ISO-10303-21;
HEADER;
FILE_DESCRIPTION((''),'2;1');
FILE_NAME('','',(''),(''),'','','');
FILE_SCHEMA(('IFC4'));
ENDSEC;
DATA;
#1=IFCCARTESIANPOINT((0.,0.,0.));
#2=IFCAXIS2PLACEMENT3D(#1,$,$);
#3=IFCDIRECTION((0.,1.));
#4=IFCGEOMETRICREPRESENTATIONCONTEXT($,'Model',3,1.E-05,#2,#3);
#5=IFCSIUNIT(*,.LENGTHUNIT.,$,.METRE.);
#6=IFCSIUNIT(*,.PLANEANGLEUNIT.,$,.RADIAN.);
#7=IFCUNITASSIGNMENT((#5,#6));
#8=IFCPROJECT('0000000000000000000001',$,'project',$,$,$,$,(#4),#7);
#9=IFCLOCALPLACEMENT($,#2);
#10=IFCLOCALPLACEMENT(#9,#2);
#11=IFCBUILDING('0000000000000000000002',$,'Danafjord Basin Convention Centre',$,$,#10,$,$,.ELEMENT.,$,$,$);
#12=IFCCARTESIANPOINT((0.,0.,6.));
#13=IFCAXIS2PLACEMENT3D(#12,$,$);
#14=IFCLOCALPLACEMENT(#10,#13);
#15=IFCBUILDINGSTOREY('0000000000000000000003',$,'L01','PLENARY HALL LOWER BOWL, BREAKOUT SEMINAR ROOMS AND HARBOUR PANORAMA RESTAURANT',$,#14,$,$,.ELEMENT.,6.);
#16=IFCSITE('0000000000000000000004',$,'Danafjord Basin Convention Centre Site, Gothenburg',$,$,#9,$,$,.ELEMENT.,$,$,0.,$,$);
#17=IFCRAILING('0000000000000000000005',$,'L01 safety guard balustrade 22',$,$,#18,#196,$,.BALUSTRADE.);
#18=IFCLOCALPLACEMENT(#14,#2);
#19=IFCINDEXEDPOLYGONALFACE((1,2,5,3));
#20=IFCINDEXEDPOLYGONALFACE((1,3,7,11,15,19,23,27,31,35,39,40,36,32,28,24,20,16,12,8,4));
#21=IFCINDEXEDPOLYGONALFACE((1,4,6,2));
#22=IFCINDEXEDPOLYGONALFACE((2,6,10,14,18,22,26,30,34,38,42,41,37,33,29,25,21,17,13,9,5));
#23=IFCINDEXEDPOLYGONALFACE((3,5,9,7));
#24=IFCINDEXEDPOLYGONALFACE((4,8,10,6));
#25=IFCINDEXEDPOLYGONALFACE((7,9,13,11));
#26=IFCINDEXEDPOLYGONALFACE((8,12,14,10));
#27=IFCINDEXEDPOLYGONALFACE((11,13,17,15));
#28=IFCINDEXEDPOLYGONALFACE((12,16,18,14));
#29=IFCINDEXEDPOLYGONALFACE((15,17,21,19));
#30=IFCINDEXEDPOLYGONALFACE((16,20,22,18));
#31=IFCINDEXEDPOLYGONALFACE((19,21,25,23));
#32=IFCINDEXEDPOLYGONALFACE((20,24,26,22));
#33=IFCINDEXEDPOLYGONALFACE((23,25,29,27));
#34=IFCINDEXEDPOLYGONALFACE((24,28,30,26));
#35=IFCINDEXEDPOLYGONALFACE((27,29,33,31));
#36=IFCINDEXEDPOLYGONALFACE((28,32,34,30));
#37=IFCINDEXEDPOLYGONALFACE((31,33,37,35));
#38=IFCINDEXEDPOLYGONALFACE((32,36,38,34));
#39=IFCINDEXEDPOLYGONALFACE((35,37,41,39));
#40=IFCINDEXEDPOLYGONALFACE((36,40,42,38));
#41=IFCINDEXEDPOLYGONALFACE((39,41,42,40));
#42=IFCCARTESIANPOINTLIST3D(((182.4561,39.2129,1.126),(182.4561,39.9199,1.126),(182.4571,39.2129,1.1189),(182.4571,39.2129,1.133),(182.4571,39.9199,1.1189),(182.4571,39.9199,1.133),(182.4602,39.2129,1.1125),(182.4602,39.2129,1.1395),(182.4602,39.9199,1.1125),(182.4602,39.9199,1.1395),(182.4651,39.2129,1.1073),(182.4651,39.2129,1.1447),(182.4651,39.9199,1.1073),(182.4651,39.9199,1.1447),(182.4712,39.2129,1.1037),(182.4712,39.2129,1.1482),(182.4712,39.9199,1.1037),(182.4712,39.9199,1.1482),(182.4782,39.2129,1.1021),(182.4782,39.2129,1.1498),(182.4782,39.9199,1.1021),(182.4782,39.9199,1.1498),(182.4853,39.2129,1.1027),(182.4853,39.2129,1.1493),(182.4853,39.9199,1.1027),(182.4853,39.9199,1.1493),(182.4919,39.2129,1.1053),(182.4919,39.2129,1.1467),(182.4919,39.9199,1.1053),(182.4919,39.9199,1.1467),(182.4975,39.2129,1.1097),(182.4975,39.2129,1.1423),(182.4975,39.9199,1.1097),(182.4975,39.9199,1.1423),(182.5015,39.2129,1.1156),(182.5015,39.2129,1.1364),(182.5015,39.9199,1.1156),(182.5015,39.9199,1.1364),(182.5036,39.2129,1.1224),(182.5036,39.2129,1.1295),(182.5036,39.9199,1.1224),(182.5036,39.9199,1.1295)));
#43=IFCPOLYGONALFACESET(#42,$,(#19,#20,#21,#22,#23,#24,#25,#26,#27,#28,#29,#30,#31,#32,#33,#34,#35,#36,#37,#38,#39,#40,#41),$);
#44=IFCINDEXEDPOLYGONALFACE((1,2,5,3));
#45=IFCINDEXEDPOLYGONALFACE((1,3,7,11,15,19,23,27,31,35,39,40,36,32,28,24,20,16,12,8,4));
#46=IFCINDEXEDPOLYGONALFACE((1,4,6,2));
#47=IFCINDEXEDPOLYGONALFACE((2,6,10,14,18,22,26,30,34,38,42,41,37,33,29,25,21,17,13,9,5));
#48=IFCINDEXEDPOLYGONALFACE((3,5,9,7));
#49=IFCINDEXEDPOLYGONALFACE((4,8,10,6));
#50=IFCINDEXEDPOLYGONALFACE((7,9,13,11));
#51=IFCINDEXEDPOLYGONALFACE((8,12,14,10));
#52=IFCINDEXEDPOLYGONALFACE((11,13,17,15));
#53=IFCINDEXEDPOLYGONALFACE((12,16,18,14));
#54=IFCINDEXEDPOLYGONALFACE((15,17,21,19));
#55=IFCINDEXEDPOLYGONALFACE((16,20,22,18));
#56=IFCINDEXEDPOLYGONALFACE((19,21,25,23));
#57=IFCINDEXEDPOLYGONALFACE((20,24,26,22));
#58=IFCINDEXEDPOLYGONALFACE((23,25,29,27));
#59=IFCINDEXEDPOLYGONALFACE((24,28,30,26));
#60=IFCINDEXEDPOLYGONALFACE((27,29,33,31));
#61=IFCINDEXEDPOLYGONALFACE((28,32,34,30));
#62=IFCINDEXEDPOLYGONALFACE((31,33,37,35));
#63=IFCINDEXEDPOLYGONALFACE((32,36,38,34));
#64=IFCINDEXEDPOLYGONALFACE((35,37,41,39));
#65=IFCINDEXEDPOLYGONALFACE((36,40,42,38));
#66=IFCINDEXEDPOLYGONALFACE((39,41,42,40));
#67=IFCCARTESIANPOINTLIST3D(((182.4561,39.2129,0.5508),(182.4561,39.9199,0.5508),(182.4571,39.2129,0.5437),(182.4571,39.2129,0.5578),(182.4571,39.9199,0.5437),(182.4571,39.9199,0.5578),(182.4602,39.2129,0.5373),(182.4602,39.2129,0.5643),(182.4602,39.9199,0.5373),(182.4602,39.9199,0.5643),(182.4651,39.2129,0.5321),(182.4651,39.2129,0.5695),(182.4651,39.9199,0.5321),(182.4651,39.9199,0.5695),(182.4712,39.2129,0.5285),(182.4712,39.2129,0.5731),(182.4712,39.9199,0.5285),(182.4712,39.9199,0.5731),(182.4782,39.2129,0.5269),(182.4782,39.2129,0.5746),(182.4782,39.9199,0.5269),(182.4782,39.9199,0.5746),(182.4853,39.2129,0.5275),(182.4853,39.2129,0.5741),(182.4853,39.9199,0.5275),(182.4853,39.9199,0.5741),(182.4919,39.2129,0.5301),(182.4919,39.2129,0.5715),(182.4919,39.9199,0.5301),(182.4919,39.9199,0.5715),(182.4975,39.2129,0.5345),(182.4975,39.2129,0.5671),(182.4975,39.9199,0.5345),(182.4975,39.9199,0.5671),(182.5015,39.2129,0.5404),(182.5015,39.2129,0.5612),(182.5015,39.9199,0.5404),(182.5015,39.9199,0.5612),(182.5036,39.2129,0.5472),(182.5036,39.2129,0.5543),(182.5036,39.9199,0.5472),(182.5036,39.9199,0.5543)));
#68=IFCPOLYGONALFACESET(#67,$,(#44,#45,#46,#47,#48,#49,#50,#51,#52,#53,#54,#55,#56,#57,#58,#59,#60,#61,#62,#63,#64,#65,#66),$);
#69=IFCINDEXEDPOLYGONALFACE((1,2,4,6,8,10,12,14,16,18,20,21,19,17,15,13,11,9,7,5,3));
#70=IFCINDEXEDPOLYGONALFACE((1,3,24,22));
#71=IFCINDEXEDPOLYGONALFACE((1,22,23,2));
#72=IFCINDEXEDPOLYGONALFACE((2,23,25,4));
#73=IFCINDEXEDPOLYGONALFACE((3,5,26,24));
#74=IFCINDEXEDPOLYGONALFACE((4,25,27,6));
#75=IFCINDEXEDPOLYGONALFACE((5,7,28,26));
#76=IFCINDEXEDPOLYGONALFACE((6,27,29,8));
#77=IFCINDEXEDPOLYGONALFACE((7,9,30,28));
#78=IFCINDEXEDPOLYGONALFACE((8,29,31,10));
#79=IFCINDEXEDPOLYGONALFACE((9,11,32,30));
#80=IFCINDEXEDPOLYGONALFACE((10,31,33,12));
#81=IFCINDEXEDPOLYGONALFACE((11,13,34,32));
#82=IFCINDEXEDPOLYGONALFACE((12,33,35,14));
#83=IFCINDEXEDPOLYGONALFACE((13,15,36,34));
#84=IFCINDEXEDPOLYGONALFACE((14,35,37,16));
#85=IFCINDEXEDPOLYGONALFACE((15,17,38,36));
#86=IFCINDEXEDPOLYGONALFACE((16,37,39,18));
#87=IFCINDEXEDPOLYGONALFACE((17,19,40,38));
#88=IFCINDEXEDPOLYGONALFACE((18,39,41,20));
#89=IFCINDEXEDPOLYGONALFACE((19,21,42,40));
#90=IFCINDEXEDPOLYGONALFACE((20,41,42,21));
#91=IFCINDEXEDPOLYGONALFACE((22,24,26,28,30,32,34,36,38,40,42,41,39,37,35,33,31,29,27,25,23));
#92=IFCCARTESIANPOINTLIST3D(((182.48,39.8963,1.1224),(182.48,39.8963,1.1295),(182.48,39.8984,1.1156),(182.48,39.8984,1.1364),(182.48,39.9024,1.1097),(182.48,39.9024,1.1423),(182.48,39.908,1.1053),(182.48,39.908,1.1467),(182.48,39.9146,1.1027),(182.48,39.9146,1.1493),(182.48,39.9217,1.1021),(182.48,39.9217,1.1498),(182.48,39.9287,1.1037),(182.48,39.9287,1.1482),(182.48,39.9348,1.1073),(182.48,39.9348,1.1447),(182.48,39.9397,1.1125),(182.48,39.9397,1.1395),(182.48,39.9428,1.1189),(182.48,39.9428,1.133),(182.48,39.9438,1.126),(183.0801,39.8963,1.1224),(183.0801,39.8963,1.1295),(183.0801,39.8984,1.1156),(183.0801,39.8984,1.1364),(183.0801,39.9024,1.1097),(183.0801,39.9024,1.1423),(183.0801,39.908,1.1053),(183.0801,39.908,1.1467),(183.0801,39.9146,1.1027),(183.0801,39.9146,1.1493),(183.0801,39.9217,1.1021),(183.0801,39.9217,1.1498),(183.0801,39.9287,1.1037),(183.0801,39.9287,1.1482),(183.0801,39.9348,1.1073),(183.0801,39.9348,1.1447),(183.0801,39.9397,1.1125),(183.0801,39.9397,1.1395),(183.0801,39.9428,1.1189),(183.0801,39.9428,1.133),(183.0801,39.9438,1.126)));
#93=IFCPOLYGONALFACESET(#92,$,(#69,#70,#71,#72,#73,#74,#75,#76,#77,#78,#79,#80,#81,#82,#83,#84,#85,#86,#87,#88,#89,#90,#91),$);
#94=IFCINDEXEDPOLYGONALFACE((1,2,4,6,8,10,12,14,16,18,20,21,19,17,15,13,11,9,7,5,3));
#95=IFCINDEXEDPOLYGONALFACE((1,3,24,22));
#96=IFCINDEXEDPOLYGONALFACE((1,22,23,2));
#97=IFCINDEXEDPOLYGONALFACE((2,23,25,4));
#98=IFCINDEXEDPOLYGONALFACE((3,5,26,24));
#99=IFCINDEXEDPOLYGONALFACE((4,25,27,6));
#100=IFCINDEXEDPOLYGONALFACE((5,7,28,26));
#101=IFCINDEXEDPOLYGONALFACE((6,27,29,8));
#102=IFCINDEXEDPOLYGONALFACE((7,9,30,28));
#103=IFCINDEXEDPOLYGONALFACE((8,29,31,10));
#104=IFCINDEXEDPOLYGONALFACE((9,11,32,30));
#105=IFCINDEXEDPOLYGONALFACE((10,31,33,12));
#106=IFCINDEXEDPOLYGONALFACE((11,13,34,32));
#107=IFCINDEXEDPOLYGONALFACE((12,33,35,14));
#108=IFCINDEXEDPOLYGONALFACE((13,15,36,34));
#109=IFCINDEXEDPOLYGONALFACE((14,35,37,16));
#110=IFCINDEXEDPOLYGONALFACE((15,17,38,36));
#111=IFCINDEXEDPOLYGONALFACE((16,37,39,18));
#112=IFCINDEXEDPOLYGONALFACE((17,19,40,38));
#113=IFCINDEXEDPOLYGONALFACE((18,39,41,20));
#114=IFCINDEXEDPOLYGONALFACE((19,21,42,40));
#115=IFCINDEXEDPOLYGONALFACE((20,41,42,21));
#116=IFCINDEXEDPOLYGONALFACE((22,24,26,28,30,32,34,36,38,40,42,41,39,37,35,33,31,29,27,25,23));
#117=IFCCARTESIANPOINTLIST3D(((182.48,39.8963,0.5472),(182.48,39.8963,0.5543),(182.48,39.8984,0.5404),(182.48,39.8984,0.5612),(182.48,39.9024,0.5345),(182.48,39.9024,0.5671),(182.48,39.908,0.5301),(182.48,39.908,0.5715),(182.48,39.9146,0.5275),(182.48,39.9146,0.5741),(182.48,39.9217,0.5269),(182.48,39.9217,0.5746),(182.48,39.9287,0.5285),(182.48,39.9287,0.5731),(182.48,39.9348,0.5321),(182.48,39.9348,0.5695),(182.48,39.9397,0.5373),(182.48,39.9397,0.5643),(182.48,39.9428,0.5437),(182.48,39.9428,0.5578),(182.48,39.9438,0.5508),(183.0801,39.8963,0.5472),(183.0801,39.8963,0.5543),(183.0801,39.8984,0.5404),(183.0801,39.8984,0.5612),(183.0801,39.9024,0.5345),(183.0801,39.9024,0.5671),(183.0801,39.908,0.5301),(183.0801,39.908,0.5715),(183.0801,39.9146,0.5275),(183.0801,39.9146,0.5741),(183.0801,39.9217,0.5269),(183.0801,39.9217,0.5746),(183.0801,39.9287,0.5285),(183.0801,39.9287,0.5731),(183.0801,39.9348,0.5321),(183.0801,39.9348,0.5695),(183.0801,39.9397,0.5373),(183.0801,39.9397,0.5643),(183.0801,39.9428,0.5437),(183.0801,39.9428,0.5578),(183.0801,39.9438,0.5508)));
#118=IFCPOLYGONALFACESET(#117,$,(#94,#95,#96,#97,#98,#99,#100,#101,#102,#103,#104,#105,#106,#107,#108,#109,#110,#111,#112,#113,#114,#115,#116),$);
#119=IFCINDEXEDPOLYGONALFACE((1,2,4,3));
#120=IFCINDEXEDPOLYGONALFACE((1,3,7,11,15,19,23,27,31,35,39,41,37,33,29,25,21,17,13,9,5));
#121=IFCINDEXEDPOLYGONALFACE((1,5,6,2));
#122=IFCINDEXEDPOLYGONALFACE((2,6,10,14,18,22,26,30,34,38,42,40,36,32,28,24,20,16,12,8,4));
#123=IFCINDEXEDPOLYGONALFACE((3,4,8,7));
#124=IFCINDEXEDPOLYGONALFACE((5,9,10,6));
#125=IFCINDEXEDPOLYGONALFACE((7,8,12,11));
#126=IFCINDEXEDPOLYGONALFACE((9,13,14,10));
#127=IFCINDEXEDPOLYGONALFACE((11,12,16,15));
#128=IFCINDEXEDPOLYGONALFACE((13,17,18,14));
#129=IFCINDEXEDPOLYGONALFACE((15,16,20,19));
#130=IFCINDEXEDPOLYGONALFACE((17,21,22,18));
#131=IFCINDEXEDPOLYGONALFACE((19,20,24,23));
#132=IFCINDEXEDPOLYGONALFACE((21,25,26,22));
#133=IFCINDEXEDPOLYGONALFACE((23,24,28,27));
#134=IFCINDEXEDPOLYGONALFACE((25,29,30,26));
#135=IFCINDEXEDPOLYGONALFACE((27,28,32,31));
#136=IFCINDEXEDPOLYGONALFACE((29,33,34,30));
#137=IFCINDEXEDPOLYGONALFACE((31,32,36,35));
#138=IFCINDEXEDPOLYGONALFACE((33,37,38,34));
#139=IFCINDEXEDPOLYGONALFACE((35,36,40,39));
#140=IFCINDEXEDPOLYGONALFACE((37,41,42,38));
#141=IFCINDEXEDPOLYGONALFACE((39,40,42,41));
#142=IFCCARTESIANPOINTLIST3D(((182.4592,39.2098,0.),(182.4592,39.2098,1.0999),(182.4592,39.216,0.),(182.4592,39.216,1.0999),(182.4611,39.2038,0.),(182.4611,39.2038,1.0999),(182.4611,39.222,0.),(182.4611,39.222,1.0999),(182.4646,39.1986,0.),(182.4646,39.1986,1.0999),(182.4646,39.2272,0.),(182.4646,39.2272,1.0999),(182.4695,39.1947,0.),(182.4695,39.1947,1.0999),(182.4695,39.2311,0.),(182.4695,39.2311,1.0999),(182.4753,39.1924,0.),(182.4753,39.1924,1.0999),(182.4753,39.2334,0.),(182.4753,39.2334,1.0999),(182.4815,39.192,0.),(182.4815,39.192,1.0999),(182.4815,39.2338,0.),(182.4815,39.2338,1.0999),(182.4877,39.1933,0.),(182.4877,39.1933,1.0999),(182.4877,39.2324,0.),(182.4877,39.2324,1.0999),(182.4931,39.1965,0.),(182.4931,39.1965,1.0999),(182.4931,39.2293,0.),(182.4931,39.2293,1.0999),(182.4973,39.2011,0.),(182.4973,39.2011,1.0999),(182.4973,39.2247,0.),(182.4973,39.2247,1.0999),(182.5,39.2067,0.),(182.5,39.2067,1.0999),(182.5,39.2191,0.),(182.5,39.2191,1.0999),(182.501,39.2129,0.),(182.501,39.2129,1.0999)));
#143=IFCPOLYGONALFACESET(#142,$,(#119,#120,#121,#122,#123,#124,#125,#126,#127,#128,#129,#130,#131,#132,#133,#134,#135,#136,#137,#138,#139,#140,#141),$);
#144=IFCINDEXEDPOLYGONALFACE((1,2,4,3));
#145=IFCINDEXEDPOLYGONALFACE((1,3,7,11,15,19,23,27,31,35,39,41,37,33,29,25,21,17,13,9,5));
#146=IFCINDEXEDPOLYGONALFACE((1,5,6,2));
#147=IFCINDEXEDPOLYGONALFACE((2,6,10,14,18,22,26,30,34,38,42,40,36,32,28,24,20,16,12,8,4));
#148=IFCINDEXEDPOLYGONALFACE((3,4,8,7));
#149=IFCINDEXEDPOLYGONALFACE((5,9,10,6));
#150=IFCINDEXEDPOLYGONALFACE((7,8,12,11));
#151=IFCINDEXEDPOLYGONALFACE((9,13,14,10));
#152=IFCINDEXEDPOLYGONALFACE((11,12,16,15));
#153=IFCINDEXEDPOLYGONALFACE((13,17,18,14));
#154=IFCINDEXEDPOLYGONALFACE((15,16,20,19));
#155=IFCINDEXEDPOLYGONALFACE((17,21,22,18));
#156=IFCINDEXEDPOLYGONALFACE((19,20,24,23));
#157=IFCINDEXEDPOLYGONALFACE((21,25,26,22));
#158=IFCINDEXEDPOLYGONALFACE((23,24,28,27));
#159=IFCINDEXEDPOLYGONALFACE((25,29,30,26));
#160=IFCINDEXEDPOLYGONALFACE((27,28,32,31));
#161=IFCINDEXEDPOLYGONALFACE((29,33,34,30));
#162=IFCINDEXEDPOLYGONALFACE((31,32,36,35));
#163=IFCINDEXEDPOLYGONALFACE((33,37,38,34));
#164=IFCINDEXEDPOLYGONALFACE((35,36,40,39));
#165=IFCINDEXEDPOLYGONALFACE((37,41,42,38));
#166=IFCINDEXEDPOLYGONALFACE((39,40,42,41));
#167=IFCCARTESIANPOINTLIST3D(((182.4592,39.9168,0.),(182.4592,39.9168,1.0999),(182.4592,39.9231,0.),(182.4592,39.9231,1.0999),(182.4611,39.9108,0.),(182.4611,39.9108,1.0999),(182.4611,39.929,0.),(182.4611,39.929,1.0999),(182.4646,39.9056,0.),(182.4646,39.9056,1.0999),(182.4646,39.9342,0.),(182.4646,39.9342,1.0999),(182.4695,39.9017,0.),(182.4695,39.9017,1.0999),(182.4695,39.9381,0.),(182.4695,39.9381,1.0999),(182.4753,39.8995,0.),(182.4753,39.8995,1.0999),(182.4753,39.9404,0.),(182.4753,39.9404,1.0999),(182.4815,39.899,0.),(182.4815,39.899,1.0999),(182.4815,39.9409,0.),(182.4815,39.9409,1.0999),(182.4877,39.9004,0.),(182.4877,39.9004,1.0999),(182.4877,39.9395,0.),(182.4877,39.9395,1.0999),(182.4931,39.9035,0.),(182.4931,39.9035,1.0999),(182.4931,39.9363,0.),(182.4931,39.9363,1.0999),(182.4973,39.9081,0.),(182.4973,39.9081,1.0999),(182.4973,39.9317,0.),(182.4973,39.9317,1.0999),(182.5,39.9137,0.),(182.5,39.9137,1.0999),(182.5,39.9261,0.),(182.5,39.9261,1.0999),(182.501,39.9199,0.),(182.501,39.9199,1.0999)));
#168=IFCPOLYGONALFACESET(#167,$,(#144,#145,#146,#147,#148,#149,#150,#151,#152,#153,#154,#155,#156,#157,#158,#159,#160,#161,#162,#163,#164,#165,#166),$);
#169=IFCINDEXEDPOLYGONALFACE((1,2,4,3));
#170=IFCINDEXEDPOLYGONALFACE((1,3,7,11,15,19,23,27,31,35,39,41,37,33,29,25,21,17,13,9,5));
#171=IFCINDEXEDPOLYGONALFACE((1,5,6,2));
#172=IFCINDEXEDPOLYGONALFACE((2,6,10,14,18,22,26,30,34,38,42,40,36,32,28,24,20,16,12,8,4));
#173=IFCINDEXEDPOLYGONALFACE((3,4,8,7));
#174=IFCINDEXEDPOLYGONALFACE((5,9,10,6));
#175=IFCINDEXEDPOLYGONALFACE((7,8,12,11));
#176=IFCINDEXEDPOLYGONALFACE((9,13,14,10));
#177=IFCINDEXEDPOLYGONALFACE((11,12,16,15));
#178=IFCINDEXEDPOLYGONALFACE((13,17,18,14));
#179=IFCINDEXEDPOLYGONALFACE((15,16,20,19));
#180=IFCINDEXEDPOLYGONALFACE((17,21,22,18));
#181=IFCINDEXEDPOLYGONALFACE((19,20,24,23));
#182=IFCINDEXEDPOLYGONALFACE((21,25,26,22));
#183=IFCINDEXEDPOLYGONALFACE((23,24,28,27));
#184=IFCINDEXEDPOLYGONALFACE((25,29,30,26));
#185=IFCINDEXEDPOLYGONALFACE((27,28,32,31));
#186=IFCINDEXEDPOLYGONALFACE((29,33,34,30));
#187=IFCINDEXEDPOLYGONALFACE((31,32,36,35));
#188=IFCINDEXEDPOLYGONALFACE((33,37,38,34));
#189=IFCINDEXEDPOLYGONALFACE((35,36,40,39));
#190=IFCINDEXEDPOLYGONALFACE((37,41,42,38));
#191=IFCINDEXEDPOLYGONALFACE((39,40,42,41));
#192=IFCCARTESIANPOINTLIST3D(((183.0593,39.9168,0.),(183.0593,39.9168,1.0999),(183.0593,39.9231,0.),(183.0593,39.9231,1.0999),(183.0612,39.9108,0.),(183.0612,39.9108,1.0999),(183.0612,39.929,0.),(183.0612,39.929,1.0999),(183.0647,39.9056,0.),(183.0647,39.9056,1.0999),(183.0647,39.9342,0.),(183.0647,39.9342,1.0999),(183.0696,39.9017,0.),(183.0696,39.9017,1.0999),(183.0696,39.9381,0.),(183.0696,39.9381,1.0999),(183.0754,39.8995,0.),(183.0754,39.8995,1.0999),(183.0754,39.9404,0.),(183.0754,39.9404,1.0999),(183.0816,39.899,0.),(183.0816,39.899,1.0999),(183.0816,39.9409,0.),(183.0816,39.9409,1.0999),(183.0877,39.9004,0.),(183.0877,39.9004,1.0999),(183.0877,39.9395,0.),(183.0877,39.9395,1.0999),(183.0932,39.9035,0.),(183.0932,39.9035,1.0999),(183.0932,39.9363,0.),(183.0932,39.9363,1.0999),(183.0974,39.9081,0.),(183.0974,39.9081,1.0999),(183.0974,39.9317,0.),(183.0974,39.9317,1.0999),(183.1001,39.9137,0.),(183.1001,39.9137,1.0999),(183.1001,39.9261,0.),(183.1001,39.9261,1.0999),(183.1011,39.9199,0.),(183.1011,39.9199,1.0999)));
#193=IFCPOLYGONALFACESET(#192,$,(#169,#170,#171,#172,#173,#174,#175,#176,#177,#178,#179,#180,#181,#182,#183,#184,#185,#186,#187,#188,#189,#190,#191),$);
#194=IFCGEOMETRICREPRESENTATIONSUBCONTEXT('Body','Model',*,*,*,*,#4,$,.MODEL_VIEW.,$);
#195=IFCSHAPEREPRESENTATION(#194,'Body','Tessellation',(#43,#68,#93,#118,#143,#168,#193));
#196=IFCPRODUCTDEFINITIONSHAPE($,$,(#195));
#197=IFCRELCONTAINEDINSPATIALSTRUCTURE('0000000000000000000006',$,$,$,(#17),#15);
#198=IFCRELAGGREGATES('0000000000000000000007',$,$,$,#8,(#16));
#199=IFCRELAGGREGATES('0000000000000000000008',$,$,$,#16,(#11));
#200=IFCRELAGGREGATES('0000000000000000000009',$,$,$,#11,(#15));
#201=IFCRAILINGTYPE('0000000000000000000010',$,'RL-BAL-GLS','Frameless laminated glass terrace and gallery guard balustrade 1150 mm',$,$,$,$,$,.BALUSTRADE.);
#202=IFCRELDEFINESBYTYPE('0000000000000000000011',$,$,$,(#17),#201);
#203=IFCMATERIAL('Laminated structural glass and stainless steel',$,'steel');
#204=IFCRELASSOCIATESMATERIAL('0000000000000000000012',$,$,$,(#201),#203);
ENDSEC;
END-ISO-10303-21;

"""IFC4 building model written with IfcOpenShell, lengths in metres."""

from ifc_helpers import new_model, si_unit, direction, frame, origin, origin_2d, place, context, subcontext, project, spatial, circle, extrude, material, type_object, element, save


model = new_model("IFC4")

# Units and contexts
model_context = context("Model", 3, precision=1e-05, world=origin(), true_north=direction((0.0, 1.0)))
body_context = subcontext(model_context, "Body", "Model", "MODEL_VIEW")
ifc_project = project(units=[si_unit("LENGTHUNIT", "METRE"), si_unit("PLANEANGLEUNIT", "RADIAN")], contexts=[model_context])

# Site, building, storey
site_placement = place(None, origin())
site = spatial("IfcSite", under=ifc_project, at=site_placement, Name="Danafjord Basin Convention Centre Site, Gothenburg", CompositionType="ELEMENT", RefElevation=0.0)
building_placement = place(site_placement, origin())
building = spatial("IfcBuilding", under=site, at=building_placement, Name="Danafjord Basin Convention Centre", CompositionType="ELEMENT")
storey_placement = place(building_placement, frame((0.0, 0.0, 6.0)))
storey = spatial("IfcBuildingStorey", under=building, at=storey_placement, Name="L01", Description="PLENARY HALL LOWER BOWL, BREAKOUT SEMINAR ROOMS AND HARBOUR PANORAMA RESTAURANT", CompositionType="ELEMENT", Elevation=6.0)

# Railing
ifc_material_1 = material(Name="Laminated structural glass and stainless steel", Category="steel")
railing_type_1 = type_object("IfcRailingType", Name="RL-BAL-GLS", Description="Frameless laminated glass terrace and gallery guard balustrade 1150 mm", PredefinedType="BALUSTRADE", material=ifc_material_1)
railing_1_placement = place(storey_placement, frame((182.48, 39.2129, 0.0)))
element("IfcRailing", 1, at=railing_1_placement, inside=storey, type_object=railing_type_1, Name="L01 safety guard balustrade 22", PredefinedType="BALUSTRADE", context=body_context, shape_type="SweptSolid", body=[
    extrude(circle(Radius=0.0239, at=origin_2d()), frame((0.0, 0.0, 1.126), z_axis=(0.0, 1.0, 0.0), x_axis=(-1.0, 0.0, 0.0)), (0.0, 0.0, 1.0), 0.707),
    extrude(circle(Radius=0.0239, at=origin_2d()), frame((0.0, 0.0, 0.5508), z_axis=(0.0, 1.0, 0.0), x_axis=(-1.0, 0.0, 0.0)), (0.0, 0.0, 1.0), 0.707),
    extrude(circle(Radius=0.0239, at=origin_2d()), frame((0.0, 0.707, 1.126), z_axis=(1.0, 0.0, 0.0), x_axis=(0.0, 1.0, 0.0)), (0.0, 0.0, 1.0), 0.6001),
    extrude(circle(Radius=0.0239, at=origin_2d()), frame((0.0, 0.707, 0.5508), z_axis=(1.0, 0.0, 0.0), x_axis=(0.0, 1.0, 0.0)), (0.0, 0.0, 1.0), 0.6001),
    extrude(circle(Radius=0.021, at=origin_2d()), origin(), (0.0, 0.0, 1.0), 1.0999),
    extrude(circle(Radius=0.021, at=origin_2d()), frame((0.0, 0.707, 0.0)), (0.0, 0.0, 1.0), 1.0999),
    extrude(circle(Radius=0.021, at=origin_2d()), frame((0.6001, 0.707, 0.0)), (0.0, 0.0, 1.0), 1.0999),
])

save(model, "model.ifc")
